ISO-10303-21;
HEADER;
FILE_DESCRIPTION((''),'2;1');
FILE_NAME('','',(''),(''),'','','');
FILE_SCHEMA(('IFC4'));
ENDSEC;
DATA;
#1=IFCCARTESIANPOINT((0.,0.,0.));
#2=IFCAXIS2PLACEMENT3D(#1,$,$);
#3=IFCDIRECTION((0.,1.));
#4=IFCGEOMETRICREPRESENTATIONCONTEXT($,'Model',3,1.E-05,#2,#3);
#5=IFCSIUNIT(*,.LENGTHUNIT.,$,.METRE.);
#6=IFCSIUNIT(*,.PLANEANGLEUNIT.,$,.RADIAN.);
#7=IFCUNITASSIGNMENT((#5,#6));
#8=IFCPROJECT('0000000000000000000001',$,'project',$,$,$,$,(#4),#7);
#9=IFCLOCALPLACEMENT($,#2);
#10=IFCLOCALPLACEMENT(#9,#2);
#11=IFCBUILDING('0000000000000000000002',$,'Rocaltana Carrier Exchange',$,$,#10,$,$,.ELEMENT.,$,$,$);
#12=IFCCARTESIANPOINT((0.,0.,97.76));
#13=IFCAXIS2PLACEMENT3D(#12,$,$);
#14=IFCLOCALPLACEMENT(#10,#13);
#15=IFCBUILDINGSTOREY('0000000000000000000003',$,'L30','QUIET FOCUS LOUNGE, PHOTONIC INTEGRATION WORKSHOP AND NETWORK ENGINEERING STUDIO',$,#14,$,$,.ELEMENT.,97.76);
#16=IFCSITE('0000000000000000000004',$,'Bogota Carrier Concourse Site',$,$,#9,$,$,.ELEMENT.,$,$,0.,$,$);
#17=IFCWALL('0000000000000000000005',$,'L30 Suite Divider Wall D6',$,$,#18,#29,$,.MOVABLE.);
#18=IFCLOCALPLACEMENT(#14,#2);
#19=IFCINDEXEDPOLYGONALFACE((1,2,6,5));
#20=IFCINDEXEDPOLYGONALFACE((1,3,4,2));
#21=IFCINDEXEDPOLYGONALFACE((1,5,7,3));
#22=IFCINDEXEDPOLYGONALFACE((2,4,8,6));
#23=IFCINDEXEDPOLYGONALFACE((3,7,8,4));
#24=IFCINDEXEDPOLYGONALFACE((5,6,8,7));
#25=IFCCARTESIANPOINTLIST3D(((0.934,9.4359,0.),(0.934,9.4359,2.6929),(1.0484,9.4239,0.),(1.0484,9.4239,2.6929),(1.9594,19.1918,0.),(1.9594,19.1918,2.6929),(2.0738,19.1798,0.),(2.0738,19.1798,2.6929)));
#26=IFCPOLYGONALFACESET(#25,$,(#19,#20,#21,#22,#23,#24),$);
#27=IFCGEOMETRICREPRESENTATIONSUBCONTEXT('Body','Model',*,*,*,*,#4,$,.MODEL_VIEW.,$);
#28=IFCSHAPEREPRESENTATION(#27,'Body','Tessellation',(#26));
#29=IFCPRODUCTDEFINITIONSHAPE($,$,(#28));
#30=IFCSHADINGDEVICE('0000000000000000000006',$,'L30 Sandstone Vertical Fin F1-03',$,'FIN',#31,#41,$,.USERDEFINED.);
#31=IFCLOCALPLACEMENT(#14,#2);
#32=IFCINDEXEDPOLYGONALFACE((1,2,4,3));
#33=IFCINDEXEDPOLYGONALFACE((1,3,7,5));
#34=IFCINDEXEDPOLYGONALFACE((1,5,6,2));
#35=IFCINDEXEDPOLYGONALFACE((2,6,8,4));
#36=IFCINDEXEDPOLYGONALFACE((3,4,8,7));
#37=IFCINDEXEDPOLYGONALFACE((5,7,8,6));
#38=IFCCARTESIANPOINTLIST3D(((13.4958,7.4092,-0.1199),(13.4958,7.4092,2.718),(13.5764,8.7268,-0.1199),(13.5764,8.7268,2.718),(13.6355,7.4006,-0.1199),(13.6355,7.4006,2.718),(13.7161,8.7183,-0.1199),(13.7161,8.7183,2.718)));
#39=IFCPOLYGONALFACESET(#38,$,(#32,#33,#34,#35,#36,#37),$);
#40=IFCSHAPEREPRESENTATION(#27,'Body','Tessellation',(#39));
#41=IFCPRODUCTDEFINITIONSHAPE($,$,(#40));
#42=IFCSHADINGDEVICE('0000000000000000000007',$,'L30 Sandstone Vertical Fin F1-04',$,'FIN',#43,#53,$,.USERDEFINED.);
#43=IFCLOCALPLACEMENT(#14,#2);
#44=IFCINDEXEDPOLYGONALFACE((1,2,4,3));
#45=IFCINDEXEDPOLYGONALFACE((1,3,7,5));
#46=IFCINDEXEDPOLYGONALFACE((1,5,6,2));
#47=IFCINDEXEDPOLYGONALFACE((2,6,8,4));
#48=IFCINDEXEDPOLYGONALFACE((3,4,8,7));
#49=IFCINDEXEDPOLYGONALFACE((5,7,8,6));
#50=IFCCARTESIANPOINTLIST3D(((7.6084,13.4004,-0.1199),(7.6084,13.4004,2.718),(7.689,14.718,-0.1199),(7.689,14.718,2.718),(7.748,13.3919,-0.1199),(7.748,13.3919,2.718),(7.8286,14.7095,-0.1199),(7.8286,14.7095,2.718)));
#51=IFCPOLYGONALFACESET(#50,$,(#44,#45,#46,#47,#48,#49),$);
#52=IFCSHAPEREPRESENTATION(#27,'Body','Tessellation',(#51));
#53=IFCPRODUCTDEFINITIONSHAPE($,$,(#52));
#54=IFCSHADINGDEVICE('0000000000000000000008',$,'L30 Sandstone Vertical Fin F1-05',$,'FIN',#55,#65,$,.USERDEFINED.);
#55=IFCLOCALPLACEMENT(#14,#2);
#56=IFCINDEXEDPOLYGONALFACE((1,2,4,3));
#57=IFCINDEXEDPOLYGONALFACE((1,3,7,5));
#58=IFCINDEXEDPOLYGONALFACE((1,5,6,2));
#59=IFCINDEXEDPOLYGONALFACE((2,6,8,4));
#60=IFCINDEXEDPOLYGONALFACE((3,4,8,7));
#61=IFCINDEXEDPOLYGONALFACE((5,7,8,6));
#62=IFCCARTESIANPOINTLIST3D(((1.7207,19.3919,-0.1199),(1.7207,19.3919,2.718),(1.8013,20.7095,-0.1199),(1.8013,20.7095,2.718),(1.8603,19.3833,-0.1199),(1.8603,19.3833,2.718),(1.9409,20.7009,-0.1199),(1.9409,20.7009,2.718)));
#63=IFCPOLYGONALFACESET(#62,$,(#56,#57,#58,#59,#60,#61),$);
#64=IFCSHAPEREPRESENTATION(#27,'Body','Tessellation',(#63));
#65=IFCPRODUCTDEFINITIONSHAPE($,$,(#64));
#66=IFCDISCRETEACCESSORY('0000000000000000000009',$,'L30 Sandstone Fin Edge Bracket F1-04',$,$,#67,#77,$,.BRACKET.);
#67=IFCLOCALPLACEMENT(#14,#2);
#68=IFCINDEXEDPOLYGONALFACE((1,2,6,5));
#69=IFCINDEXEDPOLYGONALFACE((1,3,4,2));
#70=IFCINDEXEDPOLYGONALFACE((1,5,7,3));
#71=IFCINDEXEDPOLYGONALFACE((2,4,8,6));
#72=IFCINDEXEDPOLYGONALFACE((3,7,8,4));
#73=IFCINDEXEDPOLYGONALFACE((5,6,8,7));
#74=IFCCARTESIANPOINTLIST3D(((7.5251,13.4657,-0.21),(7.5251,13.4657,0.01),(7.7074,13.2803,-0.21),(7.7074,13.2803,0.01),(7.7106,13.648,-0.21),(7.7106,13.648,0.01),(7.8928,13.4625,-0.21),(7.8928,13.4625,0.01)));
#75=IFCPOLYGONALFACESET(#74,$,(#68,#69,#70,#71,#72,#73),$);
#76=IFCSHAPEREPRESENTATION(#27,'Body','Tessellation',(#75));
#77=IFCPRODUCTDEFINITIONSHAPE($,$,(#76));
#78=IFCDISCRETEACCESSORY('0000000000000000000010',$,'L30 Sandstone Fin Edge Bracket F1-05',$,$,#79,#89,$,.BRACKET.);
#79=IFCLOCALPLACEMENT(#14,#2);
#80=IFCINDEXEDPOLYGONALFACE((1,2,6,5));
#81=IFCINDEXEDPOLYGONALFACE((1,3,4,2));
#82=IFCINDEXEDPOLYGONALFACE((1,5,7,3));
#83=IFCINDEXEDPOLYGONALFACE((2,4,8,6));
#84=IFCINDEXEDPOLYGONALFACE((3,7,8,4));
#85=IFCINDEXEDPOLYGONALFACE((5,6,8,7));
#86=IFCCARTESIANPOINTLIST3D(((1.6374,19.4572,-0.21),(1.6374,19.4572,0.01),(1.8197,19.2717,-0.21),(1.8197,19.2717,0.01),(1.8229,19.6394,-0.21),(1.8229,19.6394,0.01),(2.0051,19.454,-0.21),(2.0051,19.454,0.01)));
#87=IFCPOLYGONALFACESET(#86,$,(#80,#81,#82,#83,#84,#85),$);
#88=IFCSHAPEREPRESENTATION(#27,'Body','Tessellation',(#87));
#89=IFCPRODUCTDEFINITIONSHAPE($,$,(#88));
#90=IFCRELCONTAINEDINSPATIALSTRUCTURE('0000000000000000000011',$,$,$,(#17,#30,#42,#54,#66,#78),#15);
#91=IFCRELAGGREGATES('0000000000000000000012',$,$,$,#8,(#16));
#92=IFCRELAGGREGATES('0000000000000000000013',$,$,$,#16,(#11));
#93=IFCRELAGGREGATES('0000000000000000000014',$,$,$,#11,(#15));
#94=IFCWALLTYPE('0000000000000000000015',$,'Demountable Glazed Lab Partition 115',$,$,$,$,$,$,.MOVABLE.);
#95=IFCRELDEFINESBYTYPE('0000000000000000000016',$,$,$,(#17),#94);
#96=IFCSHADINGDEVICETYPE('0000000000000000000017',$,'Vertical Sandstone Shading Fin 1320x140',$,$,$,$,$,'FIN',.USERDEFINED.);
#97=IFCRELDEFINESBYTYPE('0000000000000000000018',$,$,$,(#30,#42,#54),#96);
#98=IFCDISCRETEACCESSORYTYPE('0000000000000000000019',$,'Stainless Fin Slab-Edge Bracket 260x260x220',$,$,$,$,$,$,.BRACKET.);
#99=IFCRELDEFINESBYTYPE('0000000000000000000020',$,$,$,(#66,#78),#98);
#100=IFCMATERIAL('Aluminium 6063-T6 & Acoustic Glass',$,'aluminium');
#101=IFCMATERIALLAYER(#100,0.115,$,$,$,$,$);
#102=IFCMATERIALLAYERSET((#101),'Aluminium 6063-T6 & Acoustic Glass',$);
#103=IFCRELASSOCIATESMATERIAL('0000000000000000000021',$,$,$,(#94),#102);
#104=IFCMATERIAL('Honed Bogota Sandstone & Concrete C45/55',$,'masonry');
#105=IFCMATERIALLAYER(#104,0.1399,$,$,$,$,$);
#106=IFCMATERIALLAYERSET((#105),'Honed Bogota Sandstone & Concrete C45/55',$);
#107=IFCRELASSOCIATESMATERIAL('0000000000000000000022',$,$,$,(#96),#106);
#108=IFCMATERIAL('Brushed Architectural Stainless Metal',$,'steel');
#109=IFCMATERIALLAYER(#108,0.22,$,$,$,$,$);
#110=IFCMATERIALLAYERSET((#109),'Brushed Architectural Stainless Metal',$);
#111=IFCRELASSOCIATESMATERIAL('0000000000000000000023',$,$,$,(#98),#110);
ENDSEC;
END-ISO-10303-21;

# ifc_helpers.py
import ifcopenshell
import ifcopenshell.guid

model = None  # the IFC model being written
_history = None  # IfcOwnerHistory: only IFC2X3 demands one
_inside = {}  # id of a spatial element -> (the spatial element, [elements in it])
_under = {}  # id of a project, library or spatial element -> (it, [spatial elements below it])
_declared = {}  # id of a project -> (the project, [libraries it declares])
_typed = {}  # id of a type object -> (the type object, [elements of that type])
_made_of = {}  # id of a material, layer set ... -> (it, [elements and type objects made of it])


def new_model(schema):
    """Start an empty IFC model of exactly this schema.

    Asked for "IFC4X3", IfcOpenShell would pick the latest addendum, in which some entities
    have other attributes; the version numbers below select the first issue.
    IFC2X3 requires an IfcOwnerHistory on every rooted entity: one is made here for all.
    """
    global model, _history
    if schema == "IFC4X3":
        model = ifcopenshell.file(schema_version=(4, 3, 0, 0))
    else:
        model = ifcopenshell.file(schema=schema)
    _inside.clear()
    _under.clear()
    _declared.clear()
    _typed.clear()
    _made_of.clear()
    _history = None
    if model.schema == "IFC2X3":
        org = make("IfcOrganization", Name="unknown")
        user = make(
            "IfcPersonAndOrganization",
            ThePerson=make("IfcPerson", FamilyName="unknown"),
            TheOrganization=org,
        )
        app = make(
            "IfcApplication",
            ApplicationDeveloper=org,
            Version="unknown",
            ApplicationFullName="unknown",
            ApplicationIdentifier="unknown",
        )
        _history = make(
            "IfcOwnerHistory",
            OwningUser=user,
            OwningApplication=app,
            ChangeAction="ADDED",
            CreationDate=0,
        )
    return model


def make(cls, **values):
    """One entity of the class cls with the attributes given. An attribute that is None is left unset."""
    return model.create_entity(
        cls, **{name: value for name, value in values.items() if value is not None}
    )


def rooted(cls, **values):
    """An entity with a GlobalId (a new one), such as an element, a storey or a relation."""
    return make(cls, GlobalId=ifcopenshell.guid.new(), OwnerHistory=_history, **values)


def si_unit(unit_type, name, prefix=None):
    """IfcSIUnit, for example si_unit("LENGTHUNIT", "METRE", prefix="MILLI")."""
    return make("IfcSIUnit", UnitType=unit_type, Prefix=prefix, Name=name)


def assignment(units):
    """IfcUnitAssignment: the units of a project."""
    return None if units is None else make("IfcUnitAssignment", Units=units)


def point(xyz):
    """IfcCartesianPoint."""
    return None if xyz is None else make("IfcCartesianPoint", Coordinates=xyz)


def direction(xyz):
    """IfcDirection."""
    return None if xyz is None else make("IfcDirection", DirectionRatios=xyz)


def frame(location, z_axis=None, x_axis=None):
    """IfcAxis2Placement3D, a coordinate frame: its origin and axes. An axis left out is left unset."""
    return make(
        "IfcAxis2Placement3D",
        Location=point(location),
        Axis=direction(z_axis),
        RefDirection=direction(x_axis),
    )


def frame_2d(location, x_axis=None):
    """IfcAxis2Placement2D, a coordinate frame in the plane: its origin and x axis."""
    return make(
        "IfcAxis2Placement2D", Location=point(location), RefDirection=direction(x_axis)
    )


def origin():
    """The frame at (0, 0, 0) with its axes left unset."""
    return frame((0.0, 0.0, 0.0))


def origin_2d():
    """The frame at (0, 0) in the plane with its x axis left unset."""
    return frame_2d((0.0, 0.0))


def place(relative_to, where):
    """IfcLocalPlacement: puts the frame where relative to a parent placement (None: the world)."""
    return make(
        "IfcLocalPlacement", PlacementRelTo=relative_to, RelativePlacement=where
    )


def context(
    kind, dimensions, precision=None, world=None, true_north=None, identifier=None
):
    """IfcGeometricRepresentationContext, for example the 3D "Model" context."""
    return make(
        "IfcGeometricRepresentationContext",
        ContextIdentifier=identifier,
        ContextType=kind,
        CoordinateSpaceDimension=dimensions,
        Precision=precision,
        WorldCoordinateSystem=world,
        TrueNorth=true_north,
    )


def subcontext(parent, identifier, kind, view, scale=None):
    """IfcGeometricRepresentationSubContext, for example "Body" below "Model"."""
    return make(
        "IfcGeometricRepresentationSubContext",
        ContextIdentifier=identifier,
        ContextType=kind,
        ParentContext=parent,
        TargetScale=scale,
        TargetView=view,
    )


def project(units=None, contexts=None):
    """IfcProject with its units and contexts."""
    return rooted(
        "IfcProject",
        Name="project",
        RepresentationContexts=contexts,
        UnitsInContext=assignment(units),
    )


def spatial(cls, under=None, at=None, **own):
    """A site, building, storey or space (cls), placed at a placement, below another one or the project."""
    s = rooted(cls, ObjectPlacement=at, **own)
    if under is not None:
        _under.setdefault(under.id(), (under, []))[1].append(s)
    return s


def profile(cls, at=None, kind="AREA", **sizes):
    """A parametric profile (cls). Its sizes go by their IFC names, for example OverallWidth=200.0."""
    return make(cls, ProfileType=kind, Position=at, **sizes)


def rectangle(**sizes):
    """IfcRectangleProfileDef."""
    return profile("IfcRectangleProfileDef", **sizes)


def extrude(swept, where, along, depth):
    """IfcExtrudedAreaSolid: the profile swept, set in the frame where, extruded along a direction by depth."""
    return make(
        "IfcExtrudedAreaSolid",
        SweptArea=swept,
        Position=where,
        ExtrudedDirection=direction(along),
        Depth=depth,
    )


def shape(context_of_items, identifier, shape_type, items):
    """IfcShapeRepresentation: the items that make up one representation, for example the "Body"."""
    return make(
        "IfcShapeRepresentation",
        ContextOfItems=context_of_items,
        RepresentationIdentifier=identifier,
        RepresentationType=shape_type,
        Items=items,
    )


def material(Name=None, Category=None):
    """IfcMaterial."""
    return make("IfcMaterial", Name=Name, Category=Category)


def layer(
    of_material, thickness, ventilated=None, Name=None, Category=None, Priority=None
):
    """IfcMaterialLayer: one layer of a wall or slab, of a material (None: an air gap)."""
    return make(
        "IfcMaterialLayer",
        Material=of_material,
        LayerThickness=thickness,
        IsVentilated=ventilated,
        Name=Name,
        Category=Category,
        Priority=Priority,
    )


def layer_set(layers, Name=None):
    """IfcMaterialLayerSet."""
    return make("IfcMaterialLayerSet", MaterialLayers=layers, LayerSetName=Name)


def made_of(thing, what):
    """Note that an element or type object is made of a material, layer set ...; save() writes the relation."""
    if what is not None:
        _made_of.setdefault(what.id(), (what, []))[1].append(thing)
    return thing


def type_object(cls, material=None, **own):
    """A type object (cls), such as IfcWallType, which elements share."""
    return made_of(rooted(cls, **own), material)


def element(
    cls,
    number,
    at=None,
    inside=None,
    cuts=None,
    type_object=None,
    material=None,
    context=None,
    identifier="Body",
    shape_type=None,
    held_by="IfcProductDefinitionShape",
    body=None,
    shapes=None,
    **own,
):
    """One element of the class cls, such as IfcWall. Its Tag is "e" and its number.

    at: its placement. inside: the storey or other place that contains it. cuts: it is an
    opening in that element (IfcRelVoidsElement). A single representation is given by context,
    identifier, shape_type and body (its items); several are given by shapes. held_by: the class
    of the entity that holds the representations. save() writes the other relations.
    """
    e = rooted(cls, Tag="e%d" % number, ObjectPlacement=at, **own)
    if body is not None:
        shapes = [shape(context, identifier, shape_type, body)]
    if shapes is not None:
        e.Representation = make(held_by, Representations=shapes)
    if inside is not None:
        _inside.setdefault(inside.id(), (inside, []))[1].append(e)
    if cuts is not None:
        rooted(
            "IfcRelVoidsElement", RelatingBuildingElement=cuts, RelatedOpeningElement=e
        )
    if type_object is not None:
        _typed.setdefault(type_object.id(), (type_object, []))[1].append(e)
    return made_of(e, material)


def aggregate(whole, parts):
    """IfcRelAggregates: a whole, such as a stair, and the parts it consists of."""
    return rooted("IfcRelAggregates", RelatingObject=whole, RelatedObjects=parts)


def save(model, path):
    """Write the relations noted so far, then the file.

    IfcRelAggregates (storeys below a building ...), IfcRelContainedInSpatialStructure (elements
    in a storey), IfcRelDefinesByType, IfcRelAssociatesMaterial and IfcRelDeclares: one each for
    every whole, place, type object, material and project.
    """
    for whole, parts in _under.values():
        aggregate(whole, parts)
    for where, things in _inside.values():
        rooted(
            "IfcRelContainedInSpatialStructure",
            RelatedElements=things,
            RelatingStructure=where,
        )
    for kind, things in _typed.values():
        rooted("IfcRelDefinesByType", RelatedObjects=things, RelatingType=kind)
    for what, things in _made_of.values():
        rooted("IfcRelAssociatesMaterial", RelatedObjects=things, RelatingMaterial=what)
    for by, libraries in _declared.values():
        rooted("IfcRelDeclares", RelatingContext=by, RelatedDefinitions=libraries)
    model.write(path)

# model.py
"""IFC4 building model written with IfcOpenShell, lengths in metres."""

from ifc_helpers import new_model, si_unit, direction, frame, frame_2d, origin, origin_2d, place, context, subcontext, project, spatial, rectangle, extrude, material, layer, layer_set, type_object, element, save


model = new_model("IFC4")

# Units and contexts
model_context = context("Model", 3, precision=1e-05, world=origin(), true_north=direction((0.0, 1.0)))
body_context = subcontext(model_context, "Body", "Model", "MODEL_VIEW")
ifc_project = project(units=[si_unit("LENGTHUNIT", "METRE"), si_unit("PLANEANGLEUNIT", "RADIAN")], contexts=[model_context])

# Site, building, storey
site_placement = place(None, origin())
site = spatial("IfcSite", under=ifc_project, at=site_placement, Name="Bogota Carrier Concourse Site", CompositionType="ELEMENT", RefElevation=0.0)
building_placement = place(site_placement, origin())
building = spatial("IfcBuilding", under=site, at=building_placement, Name="Rocaltana Carrier Exchange", CompositionType="ELEMENT")
storey_placement = place(building_placement, frame((0.0, 0.0, 97.76)))
storey = spatial("IfcBuildingStorey", under=building, at=storey_placement, Name="L30", Description="QUIET FOCUS LOUNGE, PHOTONIC INTEGRATION WORKSHOP AND NETWORK ENGINEERING STUDIO", CompositionType="ELEMENT", Elevation=97.76)

# Wall
ifc_material_1 = material(Name="Aluminium 6063-T6 & Acoustic Glass", Category="aluminium")
ifc_layer_1 = layer(ifc_material_1, 0.115)
ifc_layer_set_1 = layer_set([ifc_layer_1], Name="Aluminium 6063-T6 & Acoustic Glass")
wall_type_1 = type_object("IfcWallType", Name="Demountable Glazed Lab Partition 115", PredefinedType="MOVABLE", material=ifc_layer_set_1)
wall_1_placement = place(storey_placement, frame((0.9912, 9.4299, 0.0), z_axis=(0.0, 0.0, 1.0), x_axis=(0.104529, 0.994522, 0.0)))
element("IfcWall", 1, at=wall_1_placement, inside=storey, type_object=wall_type_1, Name="L30 Suite Divider Wall D6", PredefinedType="MOVABLE", context=body_context, shape_type="SweptSolid", body=[
    extrude(rectangle(XDim=9.8096, YDim=0.115, at=frame_2d((4.9048, 0.0))), origin(), (0.0, 0.0, 1.0), 2.6929),
])

# Shading devices
ifc_material_2 = material(Name="Honed Bogota Sandstone & Concrete C45/55", Category="masonry")
ifc_layer_2 = layer(ifc_material_2, 0.1399)
ifc_layer_set_2 = layer_set([ifc_layer_2], Name="Honed Bogota Sandstone & Concrete C45/55")
shading_device_type = type_object("IfcShadingDeviceType", Name="Vertical Sandstone Shading Fin 1320x140", ElementType="FIN", PredefinedType="USERDEFINED", material=ifc_layer_set_2)
for number, where, z_axis, x_axis, name in (
    (2, (13.606, 8.0637, -0.1199), (0.0, 0.0, 1.0), (0.061049, 0.998135, 0.0), "L30 Sandstone Vertical Fin F1-03"),
    (3, (7.7185, 14.0549, -0.1199), (0.0, 0.0, 1.0), (0.061049, 0.998135, 0.0), "L30 Sandstone Vertical Fin F1-04"),
    (4, (1.8308, 20.0464, -0.1199), (0.0, 0.0, 1.0), (0.061049, 0.998135, 0.0), "L30 Sandstone Vertical Fin F1-05"),
):
    element("IfcShadingDevice", number, at=place(storey_placement, frame(where, z_axis=z_axis, x_axis=x_axis)), inside=storey, type_object=shading_device_type, Name=name, ObjectType="FIN", PredefinedType="USERDEFINED", context=body_context, shape_type="SweptSolid", body=[
        extrude(rectangle(XDim=1.3201, YDim=0.1399, at=origin_2d()), origin(), (0.0, 0.0, 1.0), 2.8379),
    ])

# Discrete accessories
ifc_material_3 = material(Name="Brushed Architectural Stainless Metal", Category="steel")
ifc_layer_3 = layer(ifc_material_3, 0.22)
ifc_layer_set_3 = layer_set([ifc_layer_3], Name="Brushed Architectural Stainless Metal")
discrete_accessory_type = type_object("IfcDiscreteAccessoryType", Name="Stainless Fin Slab-Edge Bracket 260x260x220", PredefinedType="BRACKET", material=ifc_layer_set_3)
for number, where, z_axis, x_axis, name in (
    (5, (7.709, 13.4641, -0.21), (0.0, 0.0, 1.0), (-0.700909, 0.71325, 0.0), "L30 Sandstone Fin Edge Bracket F1-04"),
    (6, (1.8213, 19.4556, -0.21), (0.0, 0.0, 1.0), (-0.700909, 0.71325, 0.0), "L30 Sandstone Fin Edge Bracket F1-05"),
):
    element("IfcDiscreteAccessory", number, at=place(storey_placement, frame(where, z_axis=z_axis, x_axis=x_axis)), inside=storey, type_object=discrete_accessory_type, Name=name, PredefinedType="BRACKET", context=body_context, shape_type="SweptSolid", body=[
        extrude(rectangle(XDim=0.26, YDim=0.26, at=origin_2d()), origin(), (0.0, 0.0, 1.0), 0.22),
    ])

save(model, "model.ifc")
